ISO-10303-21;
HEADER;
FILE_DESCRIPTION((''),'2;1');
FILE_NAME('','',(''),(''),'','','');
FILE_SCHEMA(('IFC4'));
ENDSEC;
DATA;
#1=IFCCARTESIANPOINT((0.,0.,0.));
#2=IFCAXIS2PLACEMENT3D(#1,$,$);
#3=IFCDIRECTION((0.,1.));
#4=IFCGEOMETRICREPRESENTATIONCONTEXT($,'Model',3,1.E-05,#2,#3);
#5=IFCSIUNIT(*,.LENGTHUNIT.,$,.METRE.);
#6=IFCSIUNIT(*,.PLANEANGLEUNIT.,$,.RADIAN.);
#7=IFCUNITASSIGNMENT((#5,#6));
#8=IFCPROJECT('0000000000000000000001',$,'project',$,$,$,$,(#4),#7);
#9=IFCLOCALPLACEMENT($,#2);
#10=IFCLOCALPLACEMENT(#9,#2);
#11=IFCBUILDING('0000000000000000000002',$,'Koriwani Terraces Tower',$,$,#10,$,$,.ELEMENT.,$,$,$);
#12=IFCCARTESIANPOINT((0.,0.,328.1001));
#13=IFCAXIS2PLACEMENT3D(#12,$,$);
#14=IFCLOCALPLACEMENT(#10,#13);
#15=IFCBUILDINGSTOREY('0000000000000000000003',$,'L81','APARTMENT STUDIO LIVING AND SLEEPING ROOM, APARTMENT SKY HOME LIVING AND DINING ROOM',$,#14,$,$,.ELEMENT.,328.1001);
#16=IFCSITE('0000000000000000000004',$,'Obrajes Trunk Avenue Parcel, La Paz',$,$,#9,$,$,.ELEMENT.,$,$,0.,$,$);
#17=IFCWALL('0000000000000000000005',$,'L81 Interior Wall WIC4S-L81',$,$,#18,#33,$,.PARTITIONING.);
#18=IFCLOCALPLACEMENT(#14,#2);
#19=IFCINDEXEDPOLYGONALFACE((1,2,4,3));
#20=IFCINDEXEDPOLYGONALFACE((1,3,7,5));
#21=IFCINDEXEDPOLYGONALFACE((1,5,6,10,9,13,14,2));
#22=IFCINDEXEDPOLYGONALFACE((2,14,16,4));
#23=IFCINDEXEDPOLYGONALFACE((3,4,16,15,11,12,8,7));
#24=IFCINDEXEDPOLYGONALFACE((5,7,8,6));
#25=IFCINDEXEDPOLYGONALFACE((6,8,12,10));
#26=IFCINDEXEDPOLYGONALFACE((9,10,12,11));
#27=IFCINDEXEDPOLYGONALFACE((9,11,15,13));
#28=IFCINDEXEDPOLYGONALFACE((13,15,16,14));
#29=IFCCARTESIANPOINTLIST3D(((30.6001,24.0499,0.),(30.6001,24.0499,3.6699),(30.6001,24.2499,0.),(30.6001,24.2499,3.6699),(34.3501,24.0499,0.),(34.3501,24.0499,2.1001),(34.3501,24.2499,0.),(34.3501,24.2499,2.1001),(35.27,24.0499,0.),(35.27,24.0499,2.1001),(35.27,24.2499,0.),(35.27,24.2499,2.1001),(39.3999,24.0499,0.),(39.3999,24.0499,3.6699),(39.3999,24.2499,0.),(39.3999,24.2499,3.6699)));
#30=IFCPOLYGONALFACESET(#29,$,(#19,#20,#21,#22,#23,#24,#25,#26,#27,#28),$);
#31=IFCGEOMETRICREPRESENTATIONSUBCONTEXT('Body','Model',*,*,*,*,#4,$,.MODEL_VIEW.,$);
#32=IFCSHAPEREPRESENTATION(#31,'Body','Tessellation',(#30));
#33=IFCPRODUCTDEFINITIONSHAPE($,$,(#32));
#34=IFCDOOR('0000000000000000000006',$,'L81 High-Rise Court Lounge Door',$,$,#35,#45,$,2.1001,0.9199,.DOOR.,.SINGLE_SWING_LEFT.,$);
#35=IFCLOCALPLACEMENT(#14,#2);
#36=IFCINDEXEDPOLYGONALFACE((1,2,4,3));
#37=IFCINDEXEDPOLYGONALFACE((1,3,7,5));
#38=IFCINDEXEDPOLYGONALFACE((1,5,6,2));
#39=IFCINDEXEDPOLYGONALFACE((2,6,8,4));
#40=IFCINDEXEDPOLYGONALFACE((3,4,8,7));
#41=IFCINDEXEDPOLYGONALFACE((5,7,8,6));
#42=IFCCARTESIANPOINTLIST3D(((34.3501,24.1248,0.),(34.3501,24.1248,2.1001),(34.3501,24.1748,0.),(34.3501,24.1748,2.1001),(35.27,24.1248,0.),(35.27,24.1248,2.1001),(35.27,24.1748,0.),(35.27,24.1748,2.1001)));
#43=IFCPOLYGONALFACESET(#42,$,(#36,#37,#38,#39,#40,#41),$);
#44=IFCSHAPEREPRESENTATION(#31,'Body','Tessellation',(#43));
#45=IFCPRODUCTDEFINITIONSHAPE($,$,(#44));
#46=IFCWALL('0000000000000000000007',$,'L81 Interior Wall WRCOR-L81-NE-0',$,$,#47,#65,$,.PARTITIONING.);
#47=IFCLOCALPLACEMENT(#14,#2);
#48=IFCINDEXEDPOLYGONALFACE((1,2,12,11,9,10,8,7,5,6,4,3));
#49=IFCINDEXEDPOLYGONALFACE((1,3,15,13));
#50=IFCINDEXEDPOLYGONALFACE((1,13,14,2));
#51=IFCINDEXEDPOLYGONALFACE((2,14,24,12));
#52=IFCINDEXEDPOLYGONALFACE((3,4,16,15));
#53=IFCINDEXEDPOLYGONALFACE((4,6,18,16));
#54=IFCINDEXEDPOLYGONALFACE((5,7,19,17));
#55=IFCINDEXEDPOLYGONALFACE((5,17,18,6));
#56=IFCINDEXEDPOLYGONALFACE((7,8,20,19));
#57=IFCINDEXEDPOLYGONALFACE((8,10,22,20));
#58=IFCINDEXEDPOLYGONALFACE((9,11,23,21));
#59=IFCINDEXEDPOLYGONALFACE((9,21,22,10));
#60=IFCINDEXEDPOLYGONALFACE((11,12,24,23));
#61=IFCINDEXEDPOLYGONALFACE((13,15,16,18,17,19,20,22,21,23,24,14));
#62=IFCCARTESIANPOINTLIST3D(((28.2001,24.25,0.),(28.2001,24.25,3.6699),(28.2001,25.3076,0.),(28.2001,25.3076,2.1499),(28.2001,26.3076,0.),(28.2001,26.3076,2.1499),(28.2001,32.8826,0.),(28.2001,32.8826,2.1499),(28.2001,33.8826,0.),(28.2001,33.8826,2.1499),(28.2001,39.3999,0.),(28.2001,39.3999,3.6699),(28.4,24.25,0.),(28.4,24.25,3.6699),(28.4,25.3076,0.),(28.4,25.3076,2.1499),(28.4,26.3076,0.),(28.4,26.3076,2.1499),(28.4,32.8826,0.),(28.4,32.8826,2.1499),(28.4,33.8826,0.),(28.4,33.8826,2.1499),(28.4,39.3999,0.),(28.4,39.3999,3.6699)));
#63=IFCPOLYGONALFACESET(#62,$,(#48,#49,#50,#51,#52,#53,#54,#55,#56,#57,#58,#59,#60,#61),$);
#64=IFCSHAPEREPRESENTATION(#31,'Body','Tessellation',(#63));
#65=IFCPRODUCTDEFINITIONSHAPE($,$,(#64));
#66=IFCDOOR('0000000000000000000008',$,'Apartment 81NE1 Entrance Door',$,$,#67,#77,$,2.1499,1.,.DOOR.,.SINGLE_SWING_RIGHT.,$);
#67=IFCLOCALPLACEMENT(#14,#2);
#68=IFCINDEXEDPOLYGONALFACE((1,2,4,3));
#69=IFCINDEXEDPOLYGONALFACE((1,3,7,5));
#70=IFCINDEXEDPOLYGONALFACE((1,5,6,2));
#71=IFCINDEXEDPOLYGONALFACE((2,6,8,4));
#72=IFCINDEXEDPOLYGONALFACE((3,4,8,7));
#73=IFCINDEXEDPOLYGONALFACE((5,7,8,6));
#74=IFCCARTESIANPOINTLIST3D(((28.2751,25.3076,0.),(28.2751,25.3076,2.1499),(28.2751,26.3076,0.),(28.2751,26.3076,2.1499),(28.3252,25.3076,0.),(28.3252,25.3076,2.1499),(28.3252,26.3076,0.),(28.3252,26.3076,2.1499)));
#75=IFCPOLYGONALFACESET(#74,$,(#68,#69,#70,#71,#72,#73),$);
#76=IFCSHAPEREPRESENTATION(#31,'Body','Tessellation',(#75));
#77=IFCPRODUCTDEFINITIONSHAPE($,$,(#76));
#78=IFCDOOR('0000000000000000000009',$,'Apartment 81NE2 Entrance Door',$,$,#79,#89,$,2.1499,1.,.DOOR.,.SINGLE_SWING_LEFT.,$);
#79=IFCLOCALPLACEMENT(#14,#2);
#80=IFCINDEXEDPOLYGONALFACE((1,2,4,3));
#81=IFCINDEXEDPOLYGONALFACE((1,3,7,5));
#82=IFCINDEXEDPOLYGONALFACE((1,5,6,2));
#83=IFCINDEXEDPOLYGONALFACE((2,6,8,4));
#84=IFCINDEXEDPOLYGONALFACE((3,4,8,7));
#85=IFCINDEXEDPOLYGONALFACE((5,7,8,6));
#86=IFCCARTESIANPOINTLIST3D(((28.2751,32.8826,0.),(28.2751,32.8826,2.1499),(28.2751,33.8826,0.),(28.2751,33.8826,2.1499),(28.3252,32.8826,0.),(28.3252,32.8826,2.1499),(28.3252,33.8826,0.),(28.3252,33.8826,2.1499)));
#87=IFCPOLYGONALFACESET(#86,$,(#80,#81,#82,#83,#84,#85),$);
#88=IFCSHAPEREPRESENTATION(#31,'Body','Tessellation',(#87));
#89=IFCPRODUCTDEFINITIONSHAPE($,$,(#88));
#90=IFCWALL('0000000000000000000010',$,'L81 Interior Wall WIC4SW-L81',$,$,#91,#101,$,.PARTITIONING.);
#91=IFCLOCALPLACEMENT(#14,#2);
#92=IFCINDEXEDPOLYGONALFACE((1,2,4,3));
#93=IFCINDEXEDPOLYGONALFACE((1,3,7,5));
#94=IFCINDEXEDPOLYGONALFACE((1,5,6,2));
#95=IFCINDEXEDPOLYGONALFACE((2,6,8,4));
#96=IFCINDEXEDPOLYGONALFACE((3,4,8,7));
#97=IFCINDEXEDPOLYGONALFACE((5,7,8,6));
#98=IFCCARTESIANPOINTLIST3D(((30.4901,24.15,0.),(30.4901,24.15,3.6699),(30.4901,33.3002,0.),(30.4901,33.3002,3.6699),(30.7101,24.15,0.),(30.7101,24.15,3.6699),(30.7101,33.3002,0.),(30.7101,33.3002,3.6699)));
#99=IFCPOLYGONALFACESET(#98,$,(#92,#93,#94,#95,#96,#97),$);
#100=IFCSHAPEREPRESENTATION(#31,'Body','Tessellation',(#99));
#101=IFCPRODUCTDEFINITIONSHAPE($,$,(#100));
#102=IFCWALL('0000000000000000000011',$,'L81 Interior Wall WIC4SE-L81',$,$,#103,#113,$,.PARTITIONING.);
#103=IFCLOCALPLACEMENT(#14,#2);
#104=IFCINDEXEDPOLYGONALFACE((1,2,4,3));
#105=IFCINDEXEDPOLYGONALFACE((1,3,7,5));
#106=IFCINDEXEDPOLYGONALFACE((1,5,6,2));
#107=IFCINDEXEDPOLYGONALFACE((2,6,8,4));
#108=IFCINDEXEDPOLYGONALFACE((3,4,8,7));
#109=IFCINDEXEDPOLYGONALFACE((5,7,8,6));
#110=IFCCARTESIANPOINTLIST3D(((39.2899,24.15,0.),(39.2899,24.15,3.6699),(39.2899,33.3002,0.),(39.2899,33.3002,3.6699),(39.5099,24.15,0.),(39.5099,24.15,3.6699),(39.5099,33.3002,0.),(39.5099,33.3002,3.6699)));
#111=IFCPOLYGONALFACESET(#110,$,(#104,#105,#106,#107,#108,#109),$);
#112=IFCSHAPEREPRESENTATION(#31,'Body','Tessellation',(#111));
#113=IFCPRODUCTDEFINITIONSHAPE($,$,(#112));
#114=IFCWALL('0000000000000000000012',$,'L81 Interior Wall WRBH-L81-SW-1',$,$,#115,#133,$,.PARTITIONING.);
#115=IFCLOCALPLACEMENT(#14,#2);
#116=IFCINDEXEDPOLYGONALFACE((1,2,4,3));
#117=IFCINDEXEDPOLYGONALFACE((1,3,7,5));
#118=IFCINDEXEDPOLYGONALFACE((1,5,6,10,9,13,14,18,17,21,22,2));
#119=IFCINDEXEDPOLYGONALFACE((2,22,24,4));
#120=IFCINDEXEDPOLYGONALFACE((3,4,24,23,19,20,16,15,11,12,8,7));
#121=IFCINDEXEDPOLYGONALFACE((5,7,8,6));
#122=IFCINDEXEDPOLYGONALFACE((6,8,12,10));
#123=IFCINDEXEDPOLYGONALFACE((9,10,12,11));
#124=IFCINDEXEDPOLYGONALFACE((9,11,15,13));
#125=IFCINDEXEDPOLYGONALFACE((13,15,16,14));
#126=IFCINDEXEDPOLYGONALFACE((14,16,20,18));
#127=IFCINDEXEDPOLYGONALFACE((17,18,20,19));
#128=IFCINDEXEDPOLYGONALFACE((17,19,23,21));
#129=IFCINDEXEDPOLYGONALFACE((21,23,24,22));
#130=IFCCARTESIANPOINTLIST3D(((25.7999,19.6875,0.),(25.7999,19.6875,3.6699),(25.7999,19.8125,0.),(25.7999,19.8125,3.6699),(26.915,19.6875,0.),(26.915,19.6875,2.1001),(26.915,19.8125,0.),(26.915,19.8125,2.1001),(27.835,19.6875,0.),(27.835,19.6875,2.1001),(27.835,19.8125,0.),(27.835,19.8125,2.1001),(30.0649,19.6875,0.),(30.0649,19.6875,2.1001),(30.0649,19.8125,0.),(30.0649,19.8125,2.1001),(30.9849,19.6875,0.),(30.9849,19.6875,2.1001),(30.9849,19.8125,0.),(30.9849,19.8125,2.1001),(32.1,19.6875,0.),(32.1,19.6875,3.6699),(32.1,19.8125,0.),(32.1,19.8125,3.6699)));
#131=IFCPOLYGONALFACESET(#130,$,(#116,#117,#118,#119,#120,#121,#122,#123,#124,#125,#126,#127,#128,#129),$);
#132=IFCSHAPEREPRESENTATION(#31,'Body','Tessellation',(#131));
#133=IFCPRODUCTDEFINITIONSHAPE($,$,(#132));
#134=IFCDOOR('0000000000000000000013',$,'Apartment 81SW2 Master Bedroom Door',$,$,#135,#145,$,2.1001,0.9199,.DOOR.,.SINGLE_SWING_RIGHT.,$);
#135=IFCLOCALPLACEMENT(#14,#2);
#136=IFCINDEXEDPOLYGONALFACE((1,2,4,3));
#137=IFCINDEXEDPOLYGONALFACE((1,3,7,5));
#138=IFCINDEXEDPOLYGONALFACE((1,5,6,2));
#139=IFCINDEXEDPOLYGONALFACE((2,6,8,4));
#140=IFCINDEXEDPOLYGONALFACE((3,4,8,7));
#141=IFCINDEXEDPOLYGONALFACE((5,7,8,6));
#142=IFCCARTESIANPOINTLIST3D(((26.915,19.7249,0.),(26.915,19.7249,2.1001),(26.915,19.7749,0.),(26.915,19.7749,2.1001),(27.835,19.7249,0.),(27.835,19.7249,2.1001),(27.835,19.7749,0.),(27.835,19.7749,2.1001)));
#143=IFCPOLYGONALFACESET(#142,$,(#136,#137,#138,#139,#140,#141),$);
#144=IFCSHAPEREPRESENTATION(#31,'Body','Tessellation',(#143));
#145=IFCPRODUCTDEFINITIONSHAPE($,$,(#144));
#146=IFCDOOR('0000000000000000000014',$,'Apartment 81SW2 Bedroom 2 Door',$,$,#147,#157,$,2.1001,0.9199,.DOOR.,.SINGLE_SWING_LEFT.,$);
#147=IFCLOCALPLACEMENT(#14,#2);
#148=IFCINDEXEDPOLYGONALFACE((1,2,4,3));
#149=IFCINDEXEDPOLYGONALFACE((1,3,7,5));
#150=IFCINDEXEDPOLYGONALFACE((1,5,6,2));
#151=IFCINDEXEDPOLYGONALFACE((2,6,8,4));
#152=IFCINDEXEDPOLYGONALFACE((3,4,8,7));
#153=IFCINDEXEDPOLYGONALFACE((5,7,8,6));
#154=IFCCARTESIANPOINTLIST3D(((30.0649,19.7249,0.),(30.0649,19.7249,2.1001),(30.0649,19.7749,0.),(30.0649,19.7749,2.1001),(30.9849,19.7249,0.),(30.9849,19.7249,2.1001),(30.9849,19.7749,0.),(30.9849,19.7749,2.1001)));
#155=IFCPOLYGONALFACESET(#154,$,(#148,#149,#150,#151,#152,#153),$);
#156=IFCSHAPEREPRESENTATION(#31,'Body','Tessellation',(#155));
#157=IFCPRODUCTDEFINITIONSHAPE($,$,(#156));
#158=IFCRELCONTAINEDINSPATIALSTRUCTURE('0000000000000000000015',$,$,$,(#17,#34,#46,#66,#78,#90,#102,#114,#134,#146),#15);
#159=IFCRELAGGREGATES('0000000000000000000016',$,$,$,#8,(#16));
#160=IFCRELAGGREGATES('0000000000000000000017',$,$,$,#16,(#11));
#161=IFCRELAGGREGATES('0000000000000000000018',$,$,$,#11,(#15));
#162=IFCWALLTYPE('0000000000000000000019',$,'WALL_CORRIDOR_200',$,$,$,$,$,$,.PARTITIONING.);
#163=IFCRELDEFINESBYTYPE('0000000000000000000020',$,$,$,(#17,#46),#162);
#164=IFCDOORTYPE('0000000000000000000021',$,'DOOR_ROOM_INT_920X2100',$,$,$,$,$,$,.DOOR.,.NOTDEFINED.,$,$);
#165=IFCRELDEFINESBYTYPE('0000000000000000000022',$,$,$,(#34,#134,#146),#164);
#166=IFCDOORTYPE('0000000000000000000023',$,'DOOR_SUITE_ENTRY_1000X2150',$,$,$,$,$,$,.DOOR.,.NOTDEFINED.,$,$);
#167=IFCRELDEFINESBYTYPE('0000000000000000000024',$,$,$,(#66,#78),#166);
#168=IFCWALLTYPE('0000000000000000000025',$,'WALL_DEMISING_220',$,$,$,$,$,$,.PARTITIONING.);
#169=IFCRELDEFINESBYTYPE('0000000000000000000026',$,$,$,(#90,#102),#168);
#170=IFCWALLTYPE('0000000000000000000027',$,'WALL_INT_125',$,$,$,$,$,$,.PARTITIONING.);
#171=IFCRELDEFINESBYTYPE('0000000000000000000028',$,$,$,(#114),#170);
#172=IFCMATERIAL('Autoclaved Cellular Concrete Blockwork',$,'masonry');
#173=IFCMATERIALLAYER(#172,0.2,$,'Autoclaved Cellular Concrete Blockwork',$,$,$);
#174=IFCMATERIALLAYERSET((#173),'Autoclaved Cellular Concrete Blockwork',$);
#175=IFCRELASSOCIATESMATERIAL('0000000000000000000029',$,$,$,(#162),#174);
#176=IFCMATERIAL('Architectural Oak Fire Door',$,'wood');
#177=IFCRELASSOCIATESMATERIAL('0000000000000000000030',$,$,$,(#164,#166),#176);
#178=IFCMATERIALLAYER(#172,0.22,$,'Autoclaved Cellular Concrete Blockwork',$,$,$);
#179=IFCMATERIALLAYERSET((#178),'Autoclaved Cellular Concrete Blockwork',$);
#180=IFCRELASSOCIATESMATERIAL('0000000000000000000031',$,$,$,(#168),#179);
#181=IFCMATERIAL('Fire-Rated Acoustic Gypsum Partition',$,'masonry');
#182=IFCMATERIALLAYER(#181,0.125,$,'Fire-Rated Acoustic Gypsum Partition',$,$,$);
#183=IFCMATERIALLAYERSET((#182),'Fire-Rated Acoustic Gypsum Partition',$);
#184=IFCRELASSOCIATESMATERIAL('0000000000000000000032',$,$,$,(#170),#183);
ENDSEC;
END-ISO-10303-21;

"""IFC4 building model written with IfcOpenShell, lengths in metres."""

from ifc_helpers import new_model, si_unit, direction, frame, frame_2d, origin, place, context, subcontext, project, spatial, rectangle, extrude, material, layer, layer_set, type_object, element, fill, save


model = new_model("IFC4")

# Units and contexts
model_context = context("Model", 3, precision=1e-05, world=origin(), true_north=direction((0.0, 1.0)))
body_context = subcontext(model_context, "Body", "Model", "MODEL_VIEW")
ifc_project = project(units=[si_unit("LENGTHUNIT", "METRE"), si_unit("PLANEANGLEUNIT", "RADIAN")], contexts=[model_context])

# Site, building, storey
site_placement = place(None, origin())
site = spatial("IfcSite", under=ifc_project, at=site_placement, Name="Obrajes Trunk Avenue Parcel, La Paz", CompositionType="ELEMENT", RefElevation=0.0)
building_placement = place(site_placement, origin())
building = spatial("IfcBuilding", under=site, at=building_placement, Name="Koriwani Terraces Tower", CompositionType="ELEMENT")
storey_placement = place(building_placement, frame((0.0, 0.0, 328.1001)))
storey = spatial("IfcBuildingStorey", under=building, at=storey_placement, Name="L81", Description="APARTMENT STUDIO LIVING AND SLEEPING ROOM, APARTMENT SKY HOME LIVING AND DINING ROOM", CompositionType="ELEMENT", Elevation=328.1001)

# Wall, opening, door
ifc_material_1 = material(Name="Autoclaved Cellular Concrete Blockwork", Category="masonry")
ifc_layer_1 = layer(ifc_material_1, 0.2, Name="Autoclaved Cellular Concrete Blockwork")
ifc_layer_set_1 = layer_set([ifc_layer_1], Name="Autoclaved Cellular Concrete Blockwork")
wall_type_1 = type_object("IfcWallType", Name="WALL_CORRIDOR_200", PredefinedType="PARTITIONING", material=ifc_layer_set_1)
wall_1_placement = place(storey_placement, frame((30.6001, 24.1499, 0.0), z_axis=(0.0, 0.0, 1.0), x_axis=(1.0, 0.0, 0.0)))
wall_1 = element("IfcWall", 1, at=wall_1_placement, inside=storey, type_object=wall_type_1, Name="L81 Interior Wall WIC4S-L81", PredefinedType="PARTITIONING", context=body_context, shape_type="SweptSolid", body=[
    extrude(rectangle(XDim=8.7998, YDim=0.2, at=frame_2d((4.3999, 0.0))), origin(), (0.0, 0.0, 1.0), 3.6699),
])
opening_1_placement = place(wall_1_placement, frame((3.75, 0.0, 0.0)))
opening_1 = element("IfcOpeningElement", 2, at=opening_1_placement, cuts=wall_1, PredefinedType="OPENING", context=body_context, shape_type="SweptSolid", body=[
    extrude(rectangle(XDim=0.9199, YDim=2.1001, at=frame_2d((0.46, 1.05))), frame((0.0, 0.1099, 0.0), z_axis=(0.0, -1.0, 0.0), x_axis=(1.0, 0.0, 0.0)), (0.0, 0.0, 1.0), 0.22),
])
ifc_material_2 = material(Name="Architectural Oak Fire Door", Category="wood")
door_type_1 = type_object("IfcDoorType", Name="DOOR_ROOM_INT_920X2100", OperationType="NOTDEFINED", PredefinedType="DOOR", material=ifc_material_2)
door_1_placement = place(opening_1_placement, origin())
door_1 = element("IfcDoor", 3, at=door_1_placement, inside=storey, type_object=door_type_1, Name="L81 High-Rise Court Lounge Door", OperationType="SINGLE_SWING_LEFT", OverallHeight=2.1001, OverallWidth=0.9199, PredefinedType="DOOR", context=body_context, shape_type="SweptSolid", body=[
    extrude(rectangle(XDim=0.9199, YDim=2.1001, at=frame_2d((0.46, 1.05))), frame((0.0, 0.0249, 0.0), z_axis=(0.0, -1.0, 0.0), x_axis=(1.0, 0.0, 0.0)), (0.0, 0.0, 1.0), 0.05),
])
fill(opening_1, door_1)

# Wall, openings, doors
wall_2_placement = place(storey_placement, frame((28.3, 24.25, 0.0), z_axis=(0.0, 0.0, 1.0), x_axis=(0.0, 1.0, 0.0)))
wall_2 = element("IfcWall", 4, at=wall_2_placement, inside=storey, type_object=wall_type_1, Name="L81 Interior Wall WRCOR-L81-NE-0", PredefinedType="PARTITIONING", context=body_context, shape_type="SweptSolid", body=[
    extrude(rectangle(XDim=15.1499, YDim=0.2, at=frame_2d((7.575, 0.0))), origin(), (0.0, 0.0, 1.0), 3.6699),
])
opening_2_placement = place(wall_2_placement, frame((1.0576, 0.0, 0.0)))
opening_2 = element("IfcOpeningElement", 5, at=opening_2_placement, cuts=wall_2, PredefinedType="OPENING", context=body_context, shape_type="SweptSolid", body=[
    extrude(rectangle(XDim=1.0, YDim=2.1499, at=frame_2d((0.5, 1.075))), frame((0.0, 0.1099, 0.0), z_axis=(0.0, -1.0, 0.0), x_axis=(1.0, 0.0, 0.0)), (0.0, 0.0, 1.0), 0.22),
])
opening_3_placement = place(wall_2_placement, frame((8.6326, 0.0, 0.0)))
opening_3 = element("IfcOpeningElement", 6, at=opening_3_placement, cuts=wall_2, PredefinedType="OPENING", context=body_context, shape_type="SweptSolid", body=[
    extrude(rectangle(XDim=1.0, YDim=2.1499, at=frame_2d((0.5, 1.075))), frame((0.0, 0.1099, 0.0), z_axis=(0.0, -1.0, 0.0), x_axis=(1.0, 0.0, 0.0)), (0.0, 0.0, 1.0), 0.22),
])
door_type_2 = type_object("IfcDoorType", Name="DOOR_SUITE_ENTRY_1000X2150", OperationType="NOTDEFINED", PredefinedType="DOOR", material=ifc_material_2)
door_2_placement = place(opening_2_placement, origin())
door_2 = element("IfcDoor", 7, at=door_2_placement, inside=storey, type_object=door_type_2, Name="Apartment 81NE1 Entrance Door", OperationType="SINGLE_SWING_RIGHT", OverallHeight=2.1499, OverallWidth=1.0, PredefinedType="DOOR", context=body_context, shape_type="SweptSolid", body=[
    extrude(rectangle(XDim=1.0, YDim=2.1499, at=frame_2d((0.5, 1.075))), frame((0.0, 0.0249, 0.0), z_axis=(0.0, -1.0, 0.0), x_axis=(1.0, 0.0, 0.0)), (0.0, 0.0, 1.0), 0.05),
])
fill(opening_2, door_2)
door_3_placement = place(opening_3_placement, origin())
door_3 = element("IfcDoor", 8, at=door_3_placement, inside=storey, type_object=door_type_2, Name="Apartment 81NE2 Entrance Door", OperationType="SINGLE_SWING_LEFT", OverallHeight=2.1499, OverallWidth=1.0, PredefinedType="DOOR", context=body_context, shape_type="SweptSolid", body=[
    extrude(rectangle(XDim=1.0, YDim=2.1499, at=frame_2d((0.5, 1.075))), frame((0.0, 0.0249, 0.0), z_axis=(0.0, -1.0, 0.0), x_axis=(1.0, 0.0, 0.0)), (0.0, 0.0, 1.0), 0.05),
])
fill(opening_3, door_3)

# Walls
ifc_layer_2 = layer(ifc_material_1, 0.22, Name="Autoclaved Cellular Concrete Blockwork")
ifc_layer_set_2 = layer_set([ifc_layer_2], Name="Autoclaved Cellular Concrete Blockwork")
wall_type_2 = type_object("IfcWallType", Name="WALL_DEMISING_220", PredefinedType="PARTITIONING", material=ifc_layer_set_2)
for number, where, z_axis, x_axis, name in (
    (9, (30.6001, 24.1499, 0.0), (0.0, 0.0, 1.0), (0.0, 1.0, 0.0), "L81 Interior Wall WIC4SW-L81"),
    (10, (39.3999, 24.1499, 0.0), (0.0, 0.0, 1.0), (0.0, 1.0, 0.0), "L81 Interior Wall WIC4SE-L81"),
):
    element("IfcWall", number, at=place(storey_placement, frame(where, z_axis=z_axis, x_axis=x_axis)), inside=storey, type_object=wall_type_2, Name=name, PredefinedType="PARTITIONING", context=body_context, shape_type="SweptSolid", body=[
        extrude(rectangle(XDim=9.1501, YDim=0.22, at=frame_2d((4.5752, 0.0))), origin(), (0.0, 0.0, 1.0), 3.6699),
    ])

# Wall, openings, doors
ifc_material_3 = material(Name="Fire-Rated Acoustic Gypsum Partition", Category="masonry")
ifc_layer_3 = layer(ifc_material_3, 0.125, Name="Fire-Rated Acoustic Gypsum Partition")
ifc_layer_set_3 = layer_set([ifc_layer_3], Name="Fire-Rated Acoustic Gypsum Partition")
wall_type_3 = type_object("IfcWallType", Name="WALL_INT_125", PredefinedType="PARTITIONING", material=ifc_layer_set_3)
wall_3_placement = place(storey_placement, frame((25.8, 19.75, 0.0), z_axis=(0.0, 0.0, 1.0), x_axis=(1.0, 0.0, 0.0)))
wall_3 = element("IfcWall", 11, at=wall_3_placement, inside=storey, type_object=wall_type_3, Name="L81 Interior Wall WRBH-L81-SW-1", PredefinedType="PARTITIONING", context=body_context, shape_type="SweptSolid", body=[
    extrude(rectangle(XDim=6.3, YDim=0.125, at=frame_2d((3.1499, 0.0))), origin(), (0.0, 0.0, 1.0), 3.6699),
])
opening_4_placement = place(wall_3_placement, frame((1.115, 0.0, 0.0)))
opening_4 = element("IfcOpeningElement", 12, at=opening_4_placement, cuts=wall_3, PredefinedType="OPENING", context=body_context, shape_type="SweptSolid", body=[
    extrude(rectangle(XDim=0.9199, YDim=2.1001, at=frame_2d((0.46, 1.05))), frame((0.0, 0.0725, 0.0), z_axis=(0.0, -1.0, 0.0), x_axis=(1.0, 0.0, 0.0)), (0.0, 0.0, 1.0), 0.145),
])
opening_5_placement = place(wall_3_placement, frame((4.2649, 0.0, 0.0)))
opening_5 = element("IfcOpeningElement", 13, at=opening_5_placement, cuts=wall_3, PredefinedType="OPENING", context=body_context, shape_type="SweptSolid", body=[
    extrude(rectangle(XDim=0.9199, YDim=2.1001, at=frame_2d((0.46, 1.05))), frame((0.0, 0.0725, 0.0), z_axis=(0.0, -1.0, 0.0), x_axis=(1.0, 0.0, 0.0)), (0.0, 0.0, 1.0), 0.145),
])
door_4_placement = place(opening_4_placement, origin())
door_4 = element("IfcDoor", 14, at=door_4_placement, inside=storey, type_object=door_type_1, Name="Apartment 81SW2 Master Bedroom Door", OperationType="SINGLE_SWING_RIGHT", OverallHeight=2.1001, OverallWidth=0.9199, PredefinedType="DOOR", context=body_context, shape_type="SweptSolid", body=[
    extrude(rectangle(XDim=0.9199, YDim=2.1001, at=frame_2d((0.46, 1.05))), frame((0.0, 0.0249, 0.0), z_axis=(0.0, -1.0, 0.0), x_axis=(1.0, 0.0, 0.0)), (0.0, 0.0, 1.0), 0.05),
])
fill(opening_4, door_4)
door_5_placement = place(opening_5_placement, origin())
door_5 = element("IfcDoor", 15, at=door_5_placement, inside=storey, type_object=door_type_1, Name="Apartment 81SW2 Bedroom 2 Door", OperationType="SINGLE_SWING_LEFT", OverallHeight=2.1001, OverallWidth=0.9199, PredefinedType="DOOR", context=body_context, shape_type="SweptSolid", body=[
    extrude(rectangle(XDim=0.9199, YDim=2.1001, at=frame_2d((0.46, 1.05))), frame((0.0, 0.0249, 0.0), z_axis=(0.0, -1.0, 0.0), x_axis=(1.0, 0.0, 0.0)), (0.0, 0.0, 1.0), 0.05),
])
fill(opening_5, door_5)

save(model, "model.ifc")
